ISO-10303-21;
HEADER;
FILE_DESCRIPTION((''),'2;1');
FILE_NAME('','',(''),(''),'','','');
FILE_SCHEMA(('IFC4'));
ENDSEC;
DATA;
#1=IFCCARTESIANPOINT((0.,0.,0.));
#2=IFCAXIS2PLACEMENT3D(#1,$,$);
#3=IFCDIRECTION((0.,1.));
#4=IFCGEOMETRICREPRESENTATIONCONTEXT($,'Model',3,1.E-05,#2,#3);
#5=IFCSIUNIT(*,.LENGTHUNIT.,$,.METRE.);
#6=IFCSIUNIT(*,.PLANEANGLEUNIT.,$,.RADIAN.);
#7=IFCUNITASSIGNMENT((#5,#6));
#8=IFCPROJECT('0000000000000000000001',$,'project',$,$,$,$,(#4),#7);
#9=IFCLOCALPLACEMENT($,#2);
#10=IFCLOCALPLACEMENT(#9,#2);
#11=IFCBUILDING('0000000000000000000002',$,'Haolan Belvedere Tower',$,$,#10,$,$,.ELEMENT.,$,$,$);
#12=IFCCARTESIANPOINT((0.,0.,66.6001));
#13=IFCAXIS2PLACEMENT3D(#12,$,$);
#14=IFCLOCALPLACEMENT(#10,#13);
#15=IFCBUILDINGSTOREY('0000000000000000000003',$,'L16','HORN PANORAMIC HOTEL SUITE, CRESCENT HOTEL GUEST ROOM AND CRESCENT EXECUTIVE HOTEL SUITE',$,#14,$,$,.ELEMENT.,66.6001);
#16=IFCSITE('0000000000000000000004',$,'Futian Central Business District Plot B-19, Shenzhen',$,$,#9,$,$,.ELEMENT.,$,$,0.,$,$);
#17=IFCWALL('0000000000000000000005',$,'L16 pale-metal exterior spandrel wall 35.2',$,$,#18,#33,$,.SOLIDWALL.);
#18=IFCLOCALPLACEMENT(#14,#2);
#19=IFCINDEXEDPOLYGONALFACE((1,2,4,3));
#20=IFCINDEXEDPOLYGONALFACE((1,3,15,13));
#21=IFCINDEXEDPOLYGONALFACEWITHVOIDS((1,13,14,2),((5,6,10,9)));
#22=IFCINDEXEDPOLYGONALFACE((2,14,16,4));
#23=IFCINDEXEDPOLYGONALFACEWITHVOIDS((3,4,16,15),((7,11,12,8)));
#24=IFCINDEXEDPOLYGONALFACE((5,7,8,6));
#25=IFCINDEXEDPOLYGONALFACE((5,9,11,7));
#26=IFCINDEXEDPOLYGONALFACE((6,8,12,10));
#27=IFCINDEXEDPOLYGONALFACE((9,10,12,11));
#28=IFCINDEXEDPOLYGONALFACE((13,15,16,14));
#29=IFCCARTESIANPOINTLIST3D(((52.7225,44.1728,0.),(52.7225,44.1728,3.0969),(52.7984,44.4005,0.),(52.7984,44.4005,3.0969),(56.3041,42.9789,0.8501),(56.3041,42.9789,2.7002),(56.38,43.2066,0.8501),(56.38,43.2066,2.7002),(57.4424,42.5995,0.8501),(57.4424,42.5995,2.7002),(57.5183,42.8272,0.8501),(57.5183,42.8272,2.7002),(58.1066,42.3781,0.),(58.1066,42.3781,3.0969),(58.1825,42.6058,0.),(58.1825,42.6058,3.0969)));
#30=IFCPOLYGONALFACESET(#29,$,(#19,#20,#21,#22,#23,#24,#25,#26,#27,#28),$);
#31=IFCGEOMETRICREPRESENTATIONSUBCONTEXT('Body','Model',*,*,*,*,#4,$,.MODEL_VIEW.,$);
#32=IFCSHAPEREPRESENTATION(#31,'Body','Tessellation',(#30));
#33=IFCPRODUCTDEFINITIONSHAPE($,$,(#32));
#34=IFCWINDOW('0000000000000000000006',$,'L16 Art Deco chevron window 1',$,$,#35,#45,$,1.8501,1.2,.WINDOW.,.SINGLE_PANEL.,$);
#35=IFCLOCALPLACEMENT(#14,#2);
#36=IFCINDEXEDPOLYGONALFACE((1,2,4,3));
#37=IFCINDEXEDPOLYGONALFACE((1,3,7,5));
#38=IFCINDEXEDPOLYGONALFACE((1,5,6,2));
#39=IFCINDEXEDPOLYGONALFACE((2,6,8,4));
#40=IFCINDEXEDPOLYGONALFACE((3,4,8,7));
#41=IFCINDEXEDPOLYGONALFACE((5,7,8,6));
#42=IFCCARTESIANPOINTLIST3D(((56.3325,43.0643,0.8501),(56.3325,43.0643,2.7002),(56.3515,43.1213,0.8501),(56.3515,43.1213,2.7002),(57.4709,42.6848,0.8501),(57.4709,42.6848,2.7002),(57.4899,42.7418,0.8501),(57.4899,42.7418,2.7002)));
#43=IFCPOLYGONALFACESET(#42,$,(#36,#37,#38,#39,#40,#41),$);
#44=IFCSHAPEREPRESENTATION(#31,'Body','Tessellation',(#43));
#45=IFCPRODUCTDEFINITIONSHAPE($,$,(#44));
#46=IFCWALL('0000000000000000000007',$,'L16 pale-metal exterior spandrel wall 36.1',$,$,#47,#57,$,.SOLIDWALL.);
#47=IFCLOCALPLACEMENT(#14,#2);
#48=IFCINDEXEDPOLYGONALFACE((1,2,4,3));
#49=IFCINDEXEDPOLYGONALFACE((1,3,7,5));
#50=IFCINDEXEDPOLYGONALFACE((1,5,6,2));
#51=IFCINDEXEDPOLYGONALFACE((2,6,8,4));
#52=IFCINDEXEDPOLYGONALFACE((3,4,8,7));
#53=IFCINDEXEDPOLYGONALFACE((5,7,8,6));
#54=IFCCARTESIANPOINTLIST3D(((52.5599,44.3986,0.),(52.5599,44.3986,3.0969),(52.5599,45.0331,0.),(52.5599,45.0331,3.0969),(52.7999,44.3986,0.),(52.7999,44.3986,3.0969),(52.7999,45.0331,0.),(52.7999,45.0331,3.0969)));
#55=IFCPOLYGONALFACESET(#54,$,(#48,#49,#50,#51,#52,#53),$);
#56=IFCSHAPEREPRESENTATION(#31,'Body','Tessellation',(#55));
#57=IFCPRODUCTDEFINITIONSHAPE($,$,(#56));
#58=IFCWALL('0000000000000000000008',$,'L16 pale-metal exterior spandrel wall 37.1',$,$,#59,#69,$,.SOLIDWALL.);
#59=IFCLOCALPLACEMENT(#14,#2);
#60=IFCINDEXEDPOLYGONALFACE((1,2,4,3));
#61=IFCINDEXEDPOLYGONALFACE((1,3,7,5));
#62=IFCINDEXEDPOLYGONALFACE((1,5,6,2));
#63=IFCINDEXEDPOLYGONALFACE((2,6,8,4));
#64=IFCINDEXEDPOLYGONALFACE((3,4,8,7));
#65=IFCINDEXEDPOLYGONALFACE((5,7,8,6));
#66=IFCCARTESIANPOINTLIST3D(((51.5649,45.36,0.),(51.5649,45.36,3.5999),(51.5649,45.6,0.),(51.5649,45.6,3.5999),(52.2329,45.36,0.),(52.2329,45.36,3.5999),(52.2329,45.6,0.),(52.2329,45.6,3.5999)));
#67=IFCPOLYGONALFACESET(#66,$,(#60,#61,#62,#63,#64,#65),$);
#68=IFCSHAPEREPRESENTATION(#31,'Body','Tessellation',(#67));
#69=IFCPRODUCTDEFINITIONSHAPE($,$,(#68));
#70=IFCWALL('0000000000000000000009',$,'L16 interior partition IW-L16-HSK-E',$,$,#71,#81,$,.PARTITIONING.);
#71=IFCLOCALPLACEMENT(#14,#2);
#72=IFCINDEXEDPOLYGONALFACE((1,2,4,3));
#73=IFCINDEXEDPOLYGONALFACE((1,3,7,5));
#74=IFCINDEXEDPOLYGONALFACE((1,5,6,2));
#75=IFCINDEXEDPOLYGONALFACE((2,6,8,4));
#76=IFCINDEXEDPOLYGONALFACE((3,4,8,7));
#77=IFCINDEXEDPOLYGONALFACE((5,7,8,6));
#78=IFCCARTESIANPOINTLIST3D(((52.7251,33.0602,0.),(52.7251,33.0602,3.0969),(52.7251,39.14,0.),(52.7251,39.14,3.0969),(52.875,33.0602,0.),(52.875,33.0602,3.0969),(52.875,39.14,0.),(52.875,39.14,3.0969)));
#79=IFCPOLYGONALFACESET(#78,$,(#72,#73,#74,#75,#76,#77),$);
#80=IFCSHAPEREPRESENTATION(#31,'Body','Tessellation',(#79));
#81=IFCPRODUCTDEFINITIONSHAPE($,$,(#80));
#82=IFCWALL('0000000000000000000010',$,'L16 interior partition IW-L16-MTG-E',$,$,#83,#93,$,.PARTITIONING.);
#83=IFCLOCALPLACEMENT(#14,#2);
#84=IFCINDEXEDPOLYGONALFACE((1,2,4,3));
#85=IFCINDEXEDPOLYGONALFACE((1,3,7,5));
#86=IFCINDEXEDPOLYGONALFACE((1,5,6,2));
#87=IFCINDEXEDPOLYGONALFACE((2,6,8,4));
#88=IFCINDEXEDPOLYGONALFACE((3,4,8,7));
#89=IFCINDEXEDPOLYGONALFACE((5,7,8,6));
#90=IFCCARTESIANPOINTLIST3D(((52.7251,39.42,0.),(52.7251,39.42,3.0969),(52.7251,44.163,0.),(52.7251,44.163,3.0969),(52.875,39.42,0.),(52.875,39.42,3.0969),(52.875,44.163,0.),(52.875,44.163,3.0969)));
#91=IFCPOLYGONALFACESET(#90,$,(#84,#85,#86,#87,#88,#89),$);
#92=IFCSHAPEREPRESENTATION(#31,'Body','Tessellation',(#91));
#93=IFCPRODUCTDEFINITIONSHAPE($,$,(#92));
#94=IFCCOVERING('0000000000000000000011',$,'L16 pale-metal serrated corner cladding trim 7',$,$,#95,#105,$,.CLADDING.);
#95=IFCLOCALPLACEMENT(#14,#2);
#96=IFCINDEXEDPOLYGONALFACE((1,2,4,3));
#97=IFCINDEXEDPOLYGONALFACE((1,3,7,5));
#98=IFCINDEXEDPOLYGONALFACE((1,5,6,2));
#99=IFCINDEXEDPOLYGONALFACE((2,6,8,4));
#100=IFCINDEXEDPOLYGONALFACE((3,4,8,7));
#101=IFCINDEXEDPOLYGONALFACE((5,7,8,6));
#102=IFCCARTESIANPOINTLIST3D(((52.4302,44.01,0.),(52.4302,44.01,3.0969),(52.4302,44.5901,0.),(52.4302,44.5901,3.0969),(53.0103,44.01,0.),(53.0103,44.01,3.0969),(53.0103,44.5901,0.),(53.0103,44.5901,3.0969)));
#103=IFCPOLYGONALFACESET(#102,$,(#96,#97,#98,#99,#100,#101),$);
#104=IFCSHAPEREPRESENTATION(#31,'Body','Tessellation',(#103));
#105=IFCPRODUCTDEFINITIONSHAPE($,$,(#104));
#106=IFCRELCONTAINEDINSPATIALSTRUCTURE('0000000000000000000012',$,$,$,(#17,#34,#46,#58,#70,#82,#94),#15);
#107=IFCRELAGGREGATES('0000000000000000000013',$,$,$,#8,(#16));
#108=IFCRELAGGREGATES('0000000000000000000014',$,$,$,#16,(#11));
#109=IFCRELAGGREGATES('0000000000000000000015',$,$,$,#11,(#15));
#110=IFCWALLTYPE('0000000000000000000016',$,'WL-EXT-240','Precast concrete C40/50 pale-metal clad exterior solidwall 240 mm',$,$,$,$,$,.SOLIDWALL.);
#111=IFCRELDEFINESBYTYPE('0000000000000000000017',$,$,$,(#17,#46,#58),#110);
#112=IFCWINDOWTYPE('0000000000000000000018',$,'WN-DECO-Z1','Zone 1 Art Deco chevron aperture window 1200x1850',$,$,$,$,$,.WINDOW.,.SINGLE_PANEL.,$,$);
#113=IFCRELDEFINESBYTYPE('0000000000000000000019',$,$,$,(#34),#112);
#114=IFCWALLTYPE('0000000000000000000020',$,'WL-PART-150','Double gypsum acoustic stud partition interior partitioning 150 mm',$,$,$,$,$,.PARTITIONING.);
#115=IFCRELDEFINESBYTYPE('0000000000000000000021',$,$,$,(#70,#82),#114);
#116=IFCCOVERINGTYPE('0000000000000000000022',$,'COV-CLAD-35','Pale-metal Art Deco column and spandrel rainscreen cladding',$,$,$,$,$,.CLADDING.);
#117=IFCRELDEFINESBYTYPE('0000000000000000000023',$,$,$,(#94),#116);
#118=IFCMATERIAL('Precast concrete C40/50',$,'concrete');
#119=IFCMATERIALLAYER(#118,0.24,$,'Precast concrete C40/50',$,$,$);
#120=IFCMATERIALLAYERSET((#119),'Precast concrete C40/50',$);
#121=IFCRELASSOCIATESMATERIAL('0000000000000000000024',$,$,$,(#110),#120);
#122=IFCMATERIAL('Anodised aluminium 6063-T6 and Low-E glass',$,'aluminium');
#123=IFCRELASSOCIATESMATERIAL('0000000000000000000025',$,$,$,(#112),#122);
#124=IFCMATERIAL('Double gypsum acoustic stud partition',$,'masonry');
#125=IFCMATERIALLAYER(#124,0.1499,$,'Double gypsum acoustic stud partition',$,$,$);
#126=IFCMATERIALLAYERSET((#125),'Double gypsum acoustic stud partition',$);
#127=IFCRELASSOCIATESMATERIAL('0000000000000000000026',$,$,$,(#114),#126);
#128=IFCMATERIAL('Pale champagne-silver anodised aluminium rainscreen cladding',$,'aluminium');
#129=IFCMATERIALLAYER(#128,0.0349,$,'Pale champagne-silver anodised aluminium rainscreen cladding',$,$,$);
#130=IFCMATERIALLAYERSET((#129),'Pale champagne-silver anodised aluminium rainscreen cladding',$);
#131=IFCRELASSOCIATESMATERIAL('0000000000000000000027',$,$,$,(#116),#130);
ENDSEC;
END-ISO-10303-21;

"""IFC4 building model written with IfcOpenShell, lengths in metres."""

from ifc_helpers import new_model, si_unit, direction, frame, frame_2d, origin, origin_2d, place, context, subcontext, project, spatial, rectangle, extrude, material, layer, layer_set, type_object, element, fill, save


model = new_model("IFC4")

# Units and contexts
model_context = context("Model", 3, precision=1e-05, world=origin(), true_north=direction((0.0, 1.0)))
body_context = subcontext(model_context, "Body", "Model", "MODEL_VIEW")
ifc_project = project(units=[si_unit("LENGTHUNIT", "METRE"), si_unit("PLANEANGLEUNIT", "RADIAN")], contexts=[model_context])

# Site, building, storey
site_placement = place(None, origin())
site = spatial("IfcSite", under=ifc_project, at=site_placement, Name="Futian Central Business District Plot B-19, Shenzhen", CompositionType="ELEMENT", RefElevation=0.0)
building_placement = place(site_placement, origin())
building = spatial("IfcBuilding", under=site, at=building_placement, Name="Haolan Belvedere Tower", CompositionType="ELEMENT")
storey_placement = place(building_placement, frame((0.0, 0.0, 66.6001)))
storey = spatial("IfcBuildingStorey", under=building, at=storey_placement, Name="L16", Description="HORN PANORAMIC HOTEL SUITE, CRESCENT HOTEL GUEST ROOM AND CRESCENT EXECUTIVE HOTEL SUITE", CompositionType="ELEMENT", Elevation=66.6001)

# Shared definitions
ifc_material_1 = material(Name="Precast concrete C40/50", Category="concrete")
ifc_layer_1 = layer(ifc_material_1, 0.24, Name="Precast concrete C40/50")
ifc_layer_set_1 = layer_set([ifc_layer_1], Name="Precast concrete C40/50")
wall_type_1 = type_object("IfcWallType", Name="WL-EXT-240", Description="Precast concrete C40/50 pale-metal clad exterior solidwall 240 mm", PredefinedType="SOLIDWALL", material=ifc_layer_set_1)
ifc_material_2 = material(Name="Anodised aluminium 6063-T6 and Low-E glass", Category="aluminium")
window_type = type_object("IfcWindowType", Name="WN-DECO-Z1", Description="Zone 1 Art Deco chevron aperture window 1200x1850", PartitioningType="SINGLE_PANEL", PredefinedType="WINDOW", material=ifc_material_2)

# Wall, opening, window
wall_1_placement = place(storey_placement, frame((58.1445, 42.4919, 0.0), z_axis=(0.0, 0.0, 1.0), x_axis=(-0.948683, 0.316228, 0.0)))
wall_1 = element("IfcWall", 1, at=wall_1_placement, inside=storey, type_object=wall_type_1, Name="L16 pale-metal exterior spandrel wall 35.2", PredefinedType="SOLIDWALL", context=body_context, shape_type="SweptSolid", body=[
    extrude(rectangle(XDim=5.6753, YDim=0.24, at=frame_2d((2.8376, 0.0))), origin(), (0.0, 0.0, 1.0), 3.0969),
])
opening_1_placement = place(wall_1_placement, frame((0.7, 0.0, 0.8501)))
opening_1 = element("IfcOpeningElement", 2, at=opening_1_placement, cuts=wall_1, PredefinedType="OPENING", context=body_context, shape_type="SweptSolid", body=[
    extrude(rectangle(XDim=1.2, YDim=1.8501, at=frame_2d((0.6001, 0.925))), frame((0.0, 0.1299, 0.0), z_axis=(0.0, -1.0, 0.0), x_axis=(1.0, 0.0, 0.0)), (0.0, 0.0, 1.0), 0.26),
])
window_1_placement = place(opening_1_placement, origin())
window_1 = element("IfcWindow", 3, at=window_1_placement, inside=storey, type_object=window_type, Name="L16 Art Deco chevron window 1", OverallHeight=1.8501, OverallWidth=1.2, PartitioningType="SINGLE_PANEL", PredefinedType="WINDOW", context=body_context, shape_type="SweptSolid", body=[
    extrude(rectangle(XDim=1.2, YDim=1.8501, at=frame_2d((0.6001, 0.925))), frame((0.0, 0.03, 0.0), z_axis=(0.0, -1.0, 0.0), x_axis=(1.0, 0.0, 0.0)), (0.0, 0.0, 1.0), 0.0601),
])
fill(opening_1, window_1)

# Walls
wall_2_placement = place(storey_placement, frame((52.6799, 44.3984, 0.0), z_axis=(0.0, 0.0, 1.0), x_axis=(0.0, 1.0, 0.0)))
element("IfcWall", 4, at=wall_2_placement, inside=storey, type_object=wall_type_1, Name="L16 pale-metal exterior spandrel wall 36.1", PredefinedType="SOLIDWALL", context=body_context, shape_type="SweptSolid", body=[
    extrude(rectangle(XDim=0.6345, YDim=0.24, at=frame_2d((0.3174, 0.0))), origin(), (0.0, 0.0, 1.0), 3.0969),
])
wall_3_placement = place(storey_placement, frame((52.2329, 45.48, 0.0), z_axis=(0.0, 0.0, 1.0), x_axis=(-1.0, 0.0, 0.0)))
element("IfcWall", 5, at=wall_3_placement, inside=storey, type_object=wall_type_1, Name="L16 pale-metal exterior spandrel wall 37.1", PredefinedType="SOLIDWALL", context=body_context, shape_type="SweptSolid", body=[
    extrude(rectangle(XDim=0.668, YDim=0.24, at=frame_2d((0.334, 0.0))), origin(), (0.0, 0.0, 1.0), 3.5999),
])
ifc_material_3 = material(Name="Double gypsum acoustic stud partition", Category="masonry")
ifc_layer_2 = layer(ifc_material_3, 0.1499, Name="Double gypsum acoustic stud partition")
ifc_layer_set_2 = layer_set([ifc_layer_2], Name="Double gypsum acoustic stud partition")
wall_type_2 = type_object("IfcWallType", Name="WL-PART-150", Description="Double gypsum acoustic stud partition interior partitioning 150 mm", PredefinedType="PARTITIONING", material=ifc_layer_set_2)
wall_4_placement = place(storey_placement, frame((52.8, 33.0601, 0.0), z_axis=(0.0, 0.0, 1.0), x_axis=(0.0, 1.0, 0.0)))
element("IfcWall", 6, at=wall_4_placement, inside=storey, type_object=wall_type_2, Name="L16 interior partition IW-L16-HSK-E", PredefinedType="PARTITIONING", context=body_context, shape_type="SweptSolid", body=[
    extrude(rectangle(XDim=6.0798, YDim=0.1499, at=frame_2d((3.04, 0.0))), origin(), (0.0, 0.0, 1.0), 3.0969),
])
wall_5_placement = place(storey_placement, frame((52.8, 39.4199, 0.0), z_axis=(0.0, 0.0, 1.0), x_axis=(0.0, 1.0, 0.0)))
element("IfcWall", 7, at=wall_5_placement, inside=storey, type_object=wall_type_2, Name="L16 interior partition IW-L16-MTG-E", PredefinedType="PARTITIONING", context=body_context, shape_type="SweptSolid", body=[
    extrude(rectangle(XDim=4.7429, YDim=0.1499, at=frame_2d((2.3716, 0.0))), origin(), (0.0, 0.0, 1.0), 3.0969),
])

# Covering
ifc_material_4 = material(Name="Pale champagne-silver anodised aluminium rainscreen cladding", Category="aluminium")
ifc_layer_3 = layer(ifc_material_4, 0.0349, Name="Pale champagne-silver anodised aluminium rainscreen cladding")
ifc_layer_set_3 = layer_set([ifc_layer_3], Name="Pale champagne-silver anodised aluminium rainscreen cladding")
covering_type = type_object("IfcCoveringType", Name="COV-CLAD-35", Description="Pale-metal Art Deco column and spandrel rainscreen cladding", PredefinedType="CLADDING", material=ifc_layer_set_3)
covering_placement = place(storey_placement, frame((52.7202, 44.3, 0.0), z_axis=(0.0, 0.0, 1.0), x_axis=(1.0, 0.0, 0.0)))
element("IfcCovering", 8, at=covering_placement, inside=storey, type_object=covering_type, Name="L16 pale-metal serrated corner cladding trim 7", PredefinedType="CLADDING", context=body_context, shape_type="SweptSolid", body=[
    extrude(rectangle(XDim=0.5801, YDim=0.5801, at=origin_2d()), origin(), (0.0, 0.0, 1.0), 3.0969),
])

save(model, "model.ifc")
